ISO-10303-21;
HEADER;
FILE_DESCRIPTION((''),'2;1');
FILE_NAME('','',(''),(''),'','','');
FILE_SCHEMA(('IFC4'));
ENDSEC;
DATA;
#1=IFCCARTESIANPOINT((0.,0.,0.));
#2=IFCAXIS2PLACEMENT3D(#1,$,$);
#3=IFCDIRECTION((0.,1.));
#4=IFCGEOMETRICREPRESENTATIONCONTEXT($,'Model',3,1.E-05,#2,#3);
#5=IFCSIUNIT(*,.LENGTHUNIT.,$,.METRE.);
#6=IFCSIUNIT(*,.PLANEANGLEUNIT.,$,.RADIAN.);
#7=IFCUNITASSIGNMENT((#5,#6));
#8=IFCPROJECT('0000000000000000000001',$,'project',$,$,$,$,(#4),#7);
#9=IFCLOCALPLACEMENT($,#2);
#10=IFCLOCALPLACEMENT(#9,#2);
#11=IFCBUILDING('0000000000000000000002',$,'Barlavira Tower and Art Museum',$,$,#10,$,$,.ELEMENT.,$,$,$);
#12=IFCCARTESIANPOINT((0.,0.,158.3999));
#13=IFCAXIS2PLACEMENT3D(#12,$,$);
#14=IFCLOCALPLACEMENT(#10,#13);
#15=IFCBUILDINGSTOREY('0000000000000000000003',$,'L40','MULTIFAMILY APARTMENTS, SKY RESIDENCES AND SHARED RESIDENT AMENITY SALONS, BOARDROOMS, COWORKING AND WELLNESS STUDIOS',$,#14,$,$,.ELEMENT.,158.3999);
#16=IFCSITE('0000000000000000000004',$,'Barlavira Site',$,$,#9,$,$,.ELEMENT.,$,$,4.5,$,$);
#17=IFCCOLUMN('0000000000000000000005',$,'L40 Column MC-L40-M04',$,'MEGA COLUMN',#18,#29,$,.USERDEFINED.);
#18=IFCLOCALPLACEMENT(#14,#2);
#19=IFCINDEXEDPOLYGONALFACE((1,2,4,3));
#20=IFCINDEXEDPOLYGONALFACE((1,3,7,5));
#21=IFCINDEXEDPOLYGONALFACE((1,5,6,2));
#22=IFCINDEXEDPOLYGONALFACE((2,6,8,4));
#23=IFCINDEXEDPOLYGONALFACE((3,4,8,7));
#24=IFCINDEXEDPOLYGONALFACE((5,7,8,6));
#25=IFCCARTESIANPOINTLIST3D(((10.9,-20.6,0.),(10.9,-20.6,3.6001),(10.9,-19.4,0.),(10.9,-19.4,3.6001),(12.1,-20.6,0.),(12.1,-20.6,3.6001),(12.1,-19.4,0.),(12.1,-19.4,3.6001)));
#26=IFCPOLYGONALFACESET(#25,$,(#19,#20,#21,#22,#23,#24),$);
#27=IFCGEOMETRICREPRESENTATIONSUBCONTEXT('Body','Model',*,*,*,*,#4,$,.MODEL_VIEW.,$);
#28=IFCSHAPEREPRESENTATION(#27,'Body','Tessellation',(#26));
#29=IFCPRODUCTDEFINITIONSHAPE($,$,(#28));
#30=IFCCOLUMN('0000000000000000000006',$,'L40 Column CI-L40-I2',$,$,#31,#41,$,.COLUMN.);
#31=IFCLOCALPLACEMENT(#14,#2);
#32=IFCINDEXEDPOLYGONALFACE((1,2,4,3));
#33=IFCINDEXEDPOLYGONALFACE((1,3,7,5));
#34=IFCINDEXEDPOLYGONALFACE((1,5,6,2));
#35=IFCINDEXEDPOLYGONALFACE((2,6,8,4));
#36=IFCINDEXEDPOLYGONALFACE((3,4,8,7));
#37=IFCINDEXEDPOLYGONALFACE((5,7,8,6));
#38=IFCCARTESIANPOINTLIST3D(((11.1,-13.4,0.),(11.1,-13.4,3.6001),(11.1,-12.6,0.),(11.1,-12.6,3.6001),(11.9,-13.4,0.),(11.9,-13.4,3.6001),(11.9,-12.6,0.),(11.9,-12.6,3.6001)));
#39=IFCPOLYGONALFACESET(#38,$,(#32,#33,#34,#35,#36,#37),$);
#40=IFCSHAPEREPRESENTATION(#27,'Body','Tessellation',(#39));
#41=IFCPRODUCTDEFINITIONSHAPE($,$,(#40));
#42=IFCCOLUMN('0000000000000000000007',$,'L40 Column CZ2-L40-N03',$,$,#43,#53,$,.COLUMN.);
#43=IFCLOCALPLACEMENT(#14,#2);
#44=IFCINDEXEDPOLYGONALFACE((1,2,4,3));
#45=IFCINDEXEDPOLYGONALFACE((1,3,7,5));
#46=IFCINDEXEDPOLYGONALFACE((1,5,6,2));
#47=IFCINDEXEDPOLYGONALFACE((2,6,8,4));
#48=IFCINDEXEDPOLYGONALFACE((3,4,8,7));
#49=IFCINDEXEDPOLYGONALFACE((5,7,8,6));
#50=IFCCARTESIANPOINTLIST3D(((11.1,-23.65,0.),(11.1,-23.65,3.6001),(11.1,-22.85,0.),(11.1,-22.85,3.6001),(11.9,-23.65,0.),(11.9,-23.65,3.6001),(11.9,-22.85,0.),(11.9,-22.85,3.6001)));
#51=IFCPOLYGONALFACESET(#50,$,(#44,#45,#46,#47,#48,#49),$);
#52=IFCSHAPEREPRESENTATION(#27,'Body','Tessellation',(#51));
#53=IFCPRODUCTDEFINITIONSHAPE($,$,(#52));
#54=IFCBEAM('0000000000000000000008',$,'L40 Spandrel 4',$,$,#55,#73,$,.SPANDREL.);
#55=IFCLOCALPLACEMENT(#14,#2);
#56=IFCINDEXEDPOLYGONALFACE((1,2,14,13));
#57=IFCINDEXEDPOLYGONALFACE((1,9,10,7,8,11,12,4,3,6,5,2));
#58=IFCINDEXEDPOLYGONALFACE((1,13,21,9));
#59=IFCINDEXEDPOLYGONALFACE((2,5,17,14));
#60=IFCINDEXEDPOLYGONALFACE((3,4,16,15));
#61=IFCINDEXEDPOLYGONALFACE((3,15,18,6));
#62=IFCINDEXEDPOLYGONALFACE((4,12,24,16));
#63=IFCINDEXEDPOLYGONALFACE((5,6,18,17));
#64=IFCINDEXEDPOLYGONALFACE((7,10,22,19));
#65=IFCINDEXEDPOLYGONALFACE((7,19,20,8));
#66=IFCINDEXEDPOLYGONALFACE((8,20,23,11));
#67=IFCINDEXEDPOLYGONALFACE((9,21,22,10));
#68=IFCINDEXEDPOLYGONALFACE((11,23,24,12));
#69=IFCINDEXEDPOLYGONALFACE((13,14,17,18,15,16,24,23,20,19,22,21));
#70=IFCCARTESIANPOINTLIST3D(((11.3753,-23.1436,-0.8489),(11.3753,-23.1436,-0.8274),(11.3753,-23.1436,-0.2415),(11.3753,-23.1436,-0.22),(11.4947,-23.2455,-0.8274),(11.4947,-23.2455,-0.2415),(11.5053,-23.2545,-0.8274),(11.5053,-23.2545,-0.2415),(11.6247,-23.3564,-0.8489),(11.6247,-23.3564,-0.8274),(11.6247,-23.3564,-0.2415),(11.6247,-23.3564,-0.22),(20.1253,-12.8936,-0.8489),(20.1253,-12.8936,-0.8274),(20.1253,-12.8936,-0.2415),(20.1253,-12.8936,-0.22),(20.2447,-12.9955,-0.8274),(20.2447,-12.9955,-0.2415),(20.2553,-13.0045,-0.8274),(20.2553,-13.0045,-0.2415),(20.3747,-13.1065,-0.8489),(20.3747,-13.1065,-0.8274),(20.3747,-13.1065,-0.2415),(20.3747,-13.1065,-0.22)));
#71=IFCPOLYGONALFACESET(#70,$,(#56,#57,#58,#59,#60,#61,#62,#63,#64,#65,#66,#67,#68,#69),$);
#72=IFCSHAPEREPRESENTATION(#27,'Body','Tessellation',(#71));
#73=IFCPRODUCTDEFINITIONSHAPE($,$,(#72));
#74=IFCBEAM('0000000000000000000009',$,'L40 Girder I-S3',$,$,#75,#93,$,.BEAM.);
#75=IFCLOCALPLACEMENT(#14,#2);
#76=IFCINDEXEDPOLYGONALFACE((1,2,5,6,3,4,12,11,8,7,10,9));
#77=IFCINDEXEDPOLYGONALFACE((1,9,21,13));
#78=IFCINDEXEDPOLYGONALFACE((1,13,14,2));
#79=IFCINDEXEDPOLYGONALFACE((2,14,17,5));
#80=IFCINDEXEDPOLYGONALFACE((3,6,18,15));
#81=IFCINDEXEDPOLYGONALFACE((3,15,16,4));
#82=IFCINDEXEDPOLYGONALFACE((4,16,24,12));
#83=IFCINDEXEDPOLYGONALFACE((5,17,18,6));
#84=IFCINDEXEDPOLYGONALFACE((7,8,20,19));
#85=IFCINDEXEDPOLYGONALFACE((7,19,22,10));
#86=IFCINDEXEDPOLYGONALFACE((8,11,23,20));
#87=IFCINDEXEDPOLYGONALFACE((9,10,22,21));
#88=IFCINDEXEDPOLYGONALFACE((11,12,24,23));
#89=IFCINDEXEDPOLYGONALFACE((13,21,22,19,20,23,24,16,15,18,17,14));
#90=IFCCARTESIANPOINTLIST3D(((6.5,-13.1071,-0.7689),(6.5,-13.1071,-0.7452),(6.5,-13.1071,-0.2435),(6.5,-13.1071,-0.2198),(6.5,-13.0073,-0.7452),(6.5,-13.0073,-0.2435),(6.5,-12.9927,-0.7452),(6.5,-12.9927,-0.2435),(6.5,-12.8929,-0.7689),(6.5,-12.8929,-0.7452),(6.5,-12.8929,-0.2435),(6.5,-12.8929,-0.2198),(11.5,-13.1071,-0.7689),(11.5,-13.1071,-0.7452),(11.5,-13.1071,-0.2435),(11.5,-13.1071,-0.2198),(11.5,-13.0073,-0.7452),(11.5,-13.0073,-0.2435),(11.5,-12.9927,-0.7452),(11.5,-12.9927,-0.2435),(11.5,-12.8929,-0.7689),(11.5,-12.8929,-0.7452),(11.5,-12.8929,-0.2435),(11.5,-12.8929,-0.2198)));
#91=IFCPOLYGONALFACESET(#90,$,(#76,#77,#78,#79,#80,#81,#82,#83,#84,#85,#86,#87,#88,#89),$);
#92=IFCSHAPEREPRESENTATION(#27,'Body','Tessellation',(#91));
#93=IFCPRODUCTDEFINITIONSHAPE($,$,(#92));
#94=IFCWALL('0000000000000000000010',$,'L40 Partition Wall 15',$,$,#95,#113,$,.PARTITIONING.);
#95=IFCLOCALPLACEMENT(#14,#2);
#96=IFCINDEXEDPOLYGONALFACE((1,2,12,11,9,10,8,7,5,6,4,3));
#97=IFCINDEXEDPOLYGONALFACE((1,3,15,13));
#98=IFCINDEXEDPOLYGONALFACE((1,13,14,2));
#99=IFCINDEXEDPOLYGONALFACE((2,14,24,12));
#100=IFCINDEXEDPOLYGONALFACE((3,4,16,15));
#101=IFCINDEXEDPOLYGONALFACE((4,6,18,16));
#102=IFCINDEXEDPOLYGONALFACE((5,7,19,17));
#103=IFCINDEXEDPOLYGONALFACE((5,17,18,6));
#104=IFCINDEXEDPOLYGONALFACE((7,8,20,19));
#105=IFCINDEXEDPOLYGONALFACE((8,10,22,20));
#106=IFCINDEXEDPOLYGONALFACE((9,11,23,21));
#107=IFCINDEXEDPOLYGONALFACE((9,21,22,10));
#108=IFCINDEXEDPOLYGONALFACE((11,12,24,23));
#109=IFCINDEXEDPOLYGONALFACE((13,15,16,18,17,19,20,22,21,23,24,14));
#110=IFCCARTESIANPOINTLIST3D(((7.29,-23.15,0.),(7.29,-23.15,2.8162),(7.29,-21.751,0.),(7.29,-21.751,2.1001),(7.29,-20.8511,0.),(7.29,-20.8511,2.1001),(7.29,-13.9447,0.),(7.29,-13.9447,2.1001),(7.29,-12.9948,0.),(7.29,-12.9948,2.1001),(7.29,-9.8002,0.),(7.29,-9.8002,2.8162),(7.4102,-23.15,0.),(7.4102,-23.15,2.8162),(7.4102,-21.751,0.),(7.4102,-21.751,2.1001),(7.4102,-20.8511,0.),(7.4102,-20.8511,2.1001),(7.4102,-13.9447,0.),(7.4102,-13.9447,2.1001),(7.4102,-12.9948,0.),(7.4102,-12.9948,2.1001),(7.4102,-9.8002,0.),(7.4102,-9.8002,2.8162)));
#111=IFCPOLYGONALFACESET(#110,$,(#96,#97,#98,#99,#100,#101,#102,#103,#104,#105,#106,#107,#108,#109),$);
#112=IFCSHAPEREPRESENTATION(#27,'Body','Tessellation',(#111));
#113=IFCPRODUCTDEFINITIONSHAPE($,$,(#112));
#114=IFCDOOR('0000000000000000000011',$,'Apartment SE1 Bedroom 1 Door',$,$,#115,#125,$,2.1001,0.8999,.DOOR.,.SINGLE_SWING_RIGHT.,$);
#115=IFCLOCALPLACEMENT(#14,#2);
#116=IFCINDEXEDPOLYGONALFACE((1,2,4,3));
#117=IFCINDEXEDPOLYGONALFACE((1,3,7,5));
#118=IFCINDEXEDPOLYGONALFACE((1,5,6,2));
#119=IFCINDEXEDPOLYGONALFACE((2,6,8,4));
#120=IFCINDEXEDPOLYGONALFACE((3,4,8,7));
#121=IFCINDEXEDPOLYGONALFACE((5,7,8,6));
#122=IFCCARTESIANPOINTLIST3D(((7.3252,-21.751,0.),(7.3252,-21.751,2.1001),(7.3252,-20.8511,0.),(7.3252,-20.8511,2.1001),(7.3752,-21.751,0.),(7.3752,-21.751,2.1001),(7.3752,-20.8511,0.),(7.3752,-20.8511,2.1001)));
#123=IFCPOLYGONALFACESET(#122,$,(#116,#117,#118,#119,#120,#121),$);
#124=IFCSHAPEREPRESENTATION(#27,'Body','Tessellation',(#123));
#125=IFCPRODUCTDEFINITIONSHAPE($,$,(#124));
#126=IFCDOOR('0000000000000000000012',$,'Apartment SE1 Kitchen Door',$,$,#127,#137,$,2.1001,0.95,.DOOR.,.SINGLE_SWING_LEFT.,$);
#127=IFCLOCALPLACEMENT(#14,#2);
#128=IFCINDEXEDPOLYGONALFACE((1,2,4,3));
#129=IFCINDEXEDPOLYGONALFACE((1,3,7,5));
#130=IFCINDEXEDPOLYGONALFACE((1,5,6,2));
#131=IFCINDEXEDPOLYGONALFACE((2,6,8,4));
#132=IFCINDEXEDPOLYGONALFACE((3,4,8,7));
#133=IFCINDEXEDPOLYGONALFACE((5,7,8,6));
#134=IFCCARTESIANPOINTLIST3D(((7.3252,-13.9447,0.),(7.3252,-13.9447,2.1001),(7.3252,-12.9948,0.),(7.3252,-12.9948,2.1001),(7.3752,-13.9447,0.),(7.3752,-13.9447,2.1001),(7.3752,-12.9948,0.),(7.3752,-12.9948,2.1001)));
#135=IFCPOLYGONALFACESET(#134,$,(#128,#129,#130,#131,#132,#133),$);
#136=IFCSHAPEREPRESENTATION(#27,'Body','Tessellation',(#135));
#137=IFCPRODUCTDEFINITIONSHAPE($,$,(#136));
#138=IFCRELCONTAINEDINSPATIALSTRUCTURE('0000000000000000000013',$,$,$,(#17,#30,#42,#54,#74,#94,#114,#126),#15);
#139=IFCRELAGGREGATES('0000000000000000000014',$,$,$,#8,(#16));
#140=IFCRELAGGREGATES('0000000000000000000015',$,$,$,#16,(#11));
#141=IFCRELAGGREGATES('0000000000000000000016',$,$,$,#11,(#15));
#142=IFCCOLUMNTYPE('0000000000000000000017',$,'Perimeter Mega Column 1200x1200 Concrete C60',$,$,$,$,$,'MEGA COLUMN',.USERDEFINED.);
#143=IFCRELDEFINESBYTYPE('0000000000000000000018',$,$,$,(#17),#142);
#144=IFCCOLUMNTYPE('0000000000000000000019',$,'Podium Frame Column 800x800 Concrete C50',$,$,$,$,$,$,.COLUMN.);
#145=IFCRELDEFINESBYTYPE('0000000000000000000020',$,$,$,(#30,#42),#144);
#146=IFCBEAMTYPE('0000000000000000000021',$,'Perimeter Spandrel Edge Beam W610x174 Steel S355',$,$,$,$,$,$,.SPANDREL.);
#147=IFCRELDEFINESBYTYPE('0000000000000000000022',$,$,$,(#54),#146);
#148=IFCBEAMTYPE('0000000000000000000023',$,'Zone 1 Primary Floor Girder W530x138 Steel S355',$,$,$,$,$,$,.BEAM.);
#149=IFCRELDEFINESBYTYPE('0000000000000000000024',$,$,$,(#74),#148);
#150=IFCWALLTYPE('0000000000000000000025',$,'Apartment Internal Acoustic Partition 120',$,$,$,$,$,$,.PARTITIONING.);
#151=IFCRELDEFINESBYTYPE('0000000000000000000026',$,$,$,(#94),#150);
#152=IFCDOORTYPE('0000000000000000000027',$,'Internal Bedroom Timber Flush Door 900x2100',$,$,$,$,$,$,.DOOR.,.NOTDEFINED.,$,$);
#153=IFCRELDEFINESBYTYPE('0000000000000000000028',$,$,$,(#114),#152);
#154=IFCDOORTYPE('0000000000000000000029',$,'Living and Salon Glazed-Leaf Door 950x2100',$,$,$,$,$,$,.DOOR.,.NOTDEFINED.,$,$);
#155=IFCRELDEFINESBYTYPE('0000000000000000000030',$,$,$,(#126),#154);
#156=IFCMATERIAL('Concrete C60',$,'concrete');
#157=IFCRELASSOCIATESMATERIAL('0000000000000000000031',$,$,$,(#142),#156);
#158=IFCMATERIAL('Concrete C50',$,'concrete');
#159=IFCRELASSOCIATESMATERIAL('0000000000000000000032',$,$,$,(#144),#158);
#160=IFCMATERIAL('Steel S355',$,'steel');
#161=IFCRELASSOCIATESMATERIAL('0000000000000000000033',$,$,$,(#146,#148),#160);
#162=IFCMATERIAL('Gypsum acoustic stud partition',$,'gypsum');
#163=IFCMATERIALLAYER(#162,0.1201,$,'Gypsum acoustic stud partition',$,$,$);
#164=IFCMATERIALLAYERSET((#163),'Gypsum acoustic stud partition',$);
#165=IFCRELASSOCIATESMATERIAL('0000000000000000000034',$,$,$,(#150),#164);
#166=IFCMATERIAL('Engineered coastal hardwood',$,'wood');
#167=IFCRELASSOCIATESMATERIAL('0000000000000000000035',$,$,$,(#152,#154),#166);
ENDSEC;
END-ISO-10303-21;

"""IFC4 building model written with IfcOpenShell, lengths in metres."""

from ifc_helpers import new_model, si_unit, direction, frame, frame_2d, origin, origin_2d, place, context, subcontext, project, spatial, rectangle, i_section, extrude, material, layer, layer_set, material_profile, profile_set, type_object, element, fill, save


model = new_model("IFC4")

# Units and contexts
model_context = context("Model", 3, precision=1e-05, world=origin(), true_north=direction((0.0, 1.0)))
body_context = subcontext(model_context, "Body", "Model", "MODEL_VIEW")
ifc_project = project(units=[si_unit("LENGTHUNIT", "METRE"), si_unit("PLANEANGLEUNIT", "RADIAN")], contexts=[model_context])

# Site, building, storey
site_placement = place(None, origin())
site = spatial("IfcSite", under=ifc_project, at=site_placement, Name="Barlavira Site", CompositionType="ELEMENT", RefElevation=4.5)
building_placement = place(site_placement, origin())
building = spatial("IfcBuilding", under=site, at=building_placement, Name="Barlavira Tower and Art Museum", CompositionType="ELEMENT")
storey_placement = place(building_placement, frame((0.0, 0.0, 158.3999)))
storey = spatial("IfcBuildingStorey", under=building, at=storey_placement, Name="L40", Description="MULTIFAMILY APARTMENTS, SKY RESIDENCES AND SHARED RESIDENT AMENITY SALONS, BOARDROOMS, COWORKING AND WELLNESS STUDIOS", CompositionType="ELEMENT", Elevation=158.3999)

# Columns
ifc_material_1 = material(Name="Concrete C60", Category="concrete")
ifc_material_profile_1 = material_profile(ifc_material_1, rectangle(XDim=1.2, YDim=1.2, at=origin_2d()), Name="RC-COL 1200x1200")
ifc_profile_set_1 = profile_set([ifc_material_profile_1], Name="Concrete C60")
column_type_1 = type_object("IfcColumnType", Name="Perimeter Mega Column 1200x1200 Concrete C60", ElementType="MEGA COLUMN", PredefinedType="USERDEFINED", material=ifc_profile_set_1)
column_placement = place(storey_placement, frame((11.5, -20.0, 0.0), z_axis=(0.0, 0.0, 1.0), x_axis=(1.0, 0.0, 0.0)))
element("IfcColumn", 1, at=column_placement, inside=storey, type_object=column_type_1, Name="L40 Column MC-L40-M04", ObjectType="MEGA COLUMN", PredefinedType="USERDEFINED", context=body_context, shape_type="SweptSolid", body=[
    extrude(rectangle(XDim=1.2, YDim=1.2, at=origin_2d()), origin(), (0.0, 0.0, 1.0), 3.6001),
])
ifc_material_2 = material(Name="Concrete C50", Category="concrete")
ifc_material_profile_2 = material_profile(ifc_material_2, rectangle(XDim=0.8, YDim=0.8, at=origin_2d()), Name="RC-COL 800x800")
ifc_profile_set_2 = profile_set([ifc_material_profile_2], Name="Concrete C50")
column_type_2 = type_object("IfcColumnType", Name="Podium Frame Column 800x800 Concrete C50", PredefinedType="COLUMN", material=ifc_profile_set_2)
for number, where, z_axis, x_axis, name in (
    (2, (11.5, -13.0, 0.0), (0.0, 0.0, 1.0), (1.0, 0.0, 0.0), "L40 Column CI-L40-I2"),
    (3, (11.5, -23.25, 0.0), (0.0, 0.0, 1.0), (1.0, 0.0, 0.0), "L40 Column CZ2-L40-N03"),
):
    element("IfcColumn", number, at=place(storey_placement, frame(where, z_axis=z_axis, x_axis=x_axis)), inside=storey, type_object=column_type_2, Name=name, PredefinedType="COLUMN", context=body_context, shape_type="SweptSolid", body=[
        extrude(rectangle(XDim=0.8, YDim=0.8, at=origin_2d()), origin(), (0.0, 0.0, 1.0), 3.6001),
    ])

# Beams
ifc_material_3 = material(Name="Steel S355", Category="steel")
ifc_material_profile_3 = material_profile(ifc_material_3, i_section(OverallWidth=0.3279, OverallDepth=0.6289, WebThickness=0.0139, FlangeThickness=0.0215, at=origin_2d()), Name="W610x174.0")
ifc_profile_set_3 = profile_set([ifc_material_profile_3], Name="Steel S355")
beam_type_1 = type_object("IfcBeamType", Name="Perimeter Spandrel Edge Beam W610x174 Steel S355", PredefinedType="SPANDREL", material=ifc_profile_set_3)
beam_1_placement = place(storey_placement, frame((11.5, -23.25, -0.5344), z_axis=(0.649262, 0.760565, 0.0), x_axis=(-0.760565, 0.649262, 0.0)))
element("IfcBeam", 4, at=beam_1_placement, inside=storey, type_object=beam_type_1, Name="L40 Spandrel 4", PredefinedType="SPANDREL", context=body_context, shape_type="SweptSolid", body=[
    extrude(i_section(OverallWidth=0.3279, OverallDepth=0.6289, WebThickness=0.0139, FlangeThickness=0.0215, at=origin_2d()), origin(), (0.0, 0.0, 1.0), 13.4768),
])
ifc_material_profile_4 = material_profile(ifc_material_3, i_section(OverallWidth=0.2141, OverallDepth=0.5491, WebThickness=0.0146, FlangeThickness=0.0237, at=origin_2d()), Name="W530x138.0")
ifc_profile_set_4 = profile_set([ifc_material_profile_4], Name="Steel S355")
beam_type_2 = type_object("IfcBeamType", Name="Zone 1 Primary Floor Girder W530x138 Steel S355", PredefinedType="BEAM", material=ifc_profile_set_4)
beam_2_placement = place(storey_placement, frame((6.5, -13.0, -0.4944), z_axis=(1.0, 0.0, 0.0), x_axis=(0.0, 1.0, 0.0)))
element("IfcBeam", 5, at=beam_2_placement, inside=storey, type_object=beam_type_2, Name="L40 Girder I-S3", PredefinedType="BEAM", context=body_context, shape_type="SweptSolid", body=[
    extrude(i_section(OverallWidth=0.2141, OverallDepth=0.5491, WebThickness=0.0146, FlangeThickness=0.0237, at=origin_2d()), origin(), (0.0, 0.0, 1.0), 5.0),
])

# Wall, openings, doors
ifc_material_4 = material(Name="Gypsum acoustic stud partition", Category="gypsum")
ifc_layer_1 = layer(ifc_material_4, 0.1201, Name="Gypsum acoustic stud partition")
ifc_layer_set_1 = layer_set([ifc_layer_1], Name="Gypsum acoustic stud partition")
wall_type_1 = type_object("IfcWallType", Name="Apartment Internal Acoustic Partition 120", PredefinedType="PARTITIONING", material=ifc_layer_set_1)
wall_1_placement = place(storey_placement, frame((7.3501, -23.1499, 0.0), z_axis=(0.0, 0.0, 1.0), x_axis=(0.0, 1.0, 0.0)))
wall_1 = element("IfcWall", 6, at=wall_1_placement, inside=storey, type_object=wall_type_1, Name="L40 Partition Wall 15", PredefinedType="PARTITIONING", context=body_context, shape_type="SweptSolid", body=[
    extrude(rectangle(XDim=13.3499, YDim=0.1201, at=frame_2d((6.6748, 0.0))), origin(), (0.0, 0.0, 1.0), 2.8162),
])
opening_1_placement = place(wall_1_placement, frame((9.2051, 0.0, 0.0)))
opening_1 = element("IfcOpeningElement", 7, at=opening_1_placement, cuts=wall_1, PredefinedType="OPENING", context=body_context, shape_type="SweptSolid", body=[
    extrude(rectangle(XDim=0.95, YDim=2.1001, at=frame_2d((0.4751, 1.05))), frame((0.0, 0.0701, 0.0), z_axis=(0.0, -1.0, 0.0), x_axis=(1.0, 0.0, 0.0)), (0.0, 0.0, 1.0), 0.1401),
])
opening_2_placement = place(wall_1_placement, frame((1.3989, 0.0, 0.0)))
opening_2 = element("IfcOpeningElement", 8, at=opening_2_placement, cuts=wall_1, PredefinedType="OPENING", context=body_context, shape_type="SweptSolid", body=[
    extrude(rectangle(XDim=0.8999, YDim=2.1001, at=frame_2d((0.45, 1.05))), frame((0.0, 0.0701, 0.0), z_axis=(0.0, -1.0, 0.0), x_axis=(1.0, 0.0, 0.0)), (0.0, 0.0, 1.0), 0.1401),
])
ifc_material_5 = material(Name="Engineered coastal hardwood", Category="wood")
door_type_1 = type_object("IfcDoorType", Name="Internal Bedroom Timber Flush Door 900x2100", OperationType="NOTDEFINED", PredefinedType="DOOR", material=ifc_material_5)
door_1_placement = place(opening_2_placement, origin())
door_1 = element("IfcDoor", 9, at=door_1_placement, inside=storey, type_object=door_type_1, Name="Apartment SE1 Bedroom 1 Door", OperationType="SINGLE_SWING_RIGHT", OverallHeight=2.1001, OverallWidth=0.8999, PredefinedType="DOOR", context=body_context, shape_type="SweptSolid", body=[
    extrude(rectangle(XDim=0.8999, YDim=2.1001, at=frame_2d((0.45, 1.05))), frame((0.0, 0.0249, 0.0), z_axis=(0.0, -1.0, 0.0), x_axis=(1.0, 0.0, 0.0)), (0.0, 0.0, 1.0), 0.05),
])
fill(opening_2, door_1)
door_type_2 = type_object("IfcDoorType", Name="Living and Salon Glazed-Leaf Door 950x2100", OperationType="NOTDEFINED", PredefinedType="DOOR", material=ifc_material_5)
door_2_placement = place(opening_1_placement, origin())
door_2 = element("IfcDoor", 10, at=door_2_placement, inside=storey, type_object=door_type_2, Name="Apartment SE1 Kitchen Door", OperationType="SINGLE_SWING_LEFT", OverallHeight=2.1001, OverallWidth=0.95, PredefinedType="DOOR", context=body_context, shape_type="SweptSolid", body=[
    extrude(rectangle(XDim=0.95, YDim=2.1001, at=frame_2d((0.4751, 1.05))), frame((0.0, 0.0249, 0.0), z_axis=(0.0, -1.0, 0.0), x_axis=(1.0, 0.0, 0.0)), (0.0, 0.0, 1.0), 0.05),
])
fill(opening_1, door_2)

save(model, "model.ifc")
